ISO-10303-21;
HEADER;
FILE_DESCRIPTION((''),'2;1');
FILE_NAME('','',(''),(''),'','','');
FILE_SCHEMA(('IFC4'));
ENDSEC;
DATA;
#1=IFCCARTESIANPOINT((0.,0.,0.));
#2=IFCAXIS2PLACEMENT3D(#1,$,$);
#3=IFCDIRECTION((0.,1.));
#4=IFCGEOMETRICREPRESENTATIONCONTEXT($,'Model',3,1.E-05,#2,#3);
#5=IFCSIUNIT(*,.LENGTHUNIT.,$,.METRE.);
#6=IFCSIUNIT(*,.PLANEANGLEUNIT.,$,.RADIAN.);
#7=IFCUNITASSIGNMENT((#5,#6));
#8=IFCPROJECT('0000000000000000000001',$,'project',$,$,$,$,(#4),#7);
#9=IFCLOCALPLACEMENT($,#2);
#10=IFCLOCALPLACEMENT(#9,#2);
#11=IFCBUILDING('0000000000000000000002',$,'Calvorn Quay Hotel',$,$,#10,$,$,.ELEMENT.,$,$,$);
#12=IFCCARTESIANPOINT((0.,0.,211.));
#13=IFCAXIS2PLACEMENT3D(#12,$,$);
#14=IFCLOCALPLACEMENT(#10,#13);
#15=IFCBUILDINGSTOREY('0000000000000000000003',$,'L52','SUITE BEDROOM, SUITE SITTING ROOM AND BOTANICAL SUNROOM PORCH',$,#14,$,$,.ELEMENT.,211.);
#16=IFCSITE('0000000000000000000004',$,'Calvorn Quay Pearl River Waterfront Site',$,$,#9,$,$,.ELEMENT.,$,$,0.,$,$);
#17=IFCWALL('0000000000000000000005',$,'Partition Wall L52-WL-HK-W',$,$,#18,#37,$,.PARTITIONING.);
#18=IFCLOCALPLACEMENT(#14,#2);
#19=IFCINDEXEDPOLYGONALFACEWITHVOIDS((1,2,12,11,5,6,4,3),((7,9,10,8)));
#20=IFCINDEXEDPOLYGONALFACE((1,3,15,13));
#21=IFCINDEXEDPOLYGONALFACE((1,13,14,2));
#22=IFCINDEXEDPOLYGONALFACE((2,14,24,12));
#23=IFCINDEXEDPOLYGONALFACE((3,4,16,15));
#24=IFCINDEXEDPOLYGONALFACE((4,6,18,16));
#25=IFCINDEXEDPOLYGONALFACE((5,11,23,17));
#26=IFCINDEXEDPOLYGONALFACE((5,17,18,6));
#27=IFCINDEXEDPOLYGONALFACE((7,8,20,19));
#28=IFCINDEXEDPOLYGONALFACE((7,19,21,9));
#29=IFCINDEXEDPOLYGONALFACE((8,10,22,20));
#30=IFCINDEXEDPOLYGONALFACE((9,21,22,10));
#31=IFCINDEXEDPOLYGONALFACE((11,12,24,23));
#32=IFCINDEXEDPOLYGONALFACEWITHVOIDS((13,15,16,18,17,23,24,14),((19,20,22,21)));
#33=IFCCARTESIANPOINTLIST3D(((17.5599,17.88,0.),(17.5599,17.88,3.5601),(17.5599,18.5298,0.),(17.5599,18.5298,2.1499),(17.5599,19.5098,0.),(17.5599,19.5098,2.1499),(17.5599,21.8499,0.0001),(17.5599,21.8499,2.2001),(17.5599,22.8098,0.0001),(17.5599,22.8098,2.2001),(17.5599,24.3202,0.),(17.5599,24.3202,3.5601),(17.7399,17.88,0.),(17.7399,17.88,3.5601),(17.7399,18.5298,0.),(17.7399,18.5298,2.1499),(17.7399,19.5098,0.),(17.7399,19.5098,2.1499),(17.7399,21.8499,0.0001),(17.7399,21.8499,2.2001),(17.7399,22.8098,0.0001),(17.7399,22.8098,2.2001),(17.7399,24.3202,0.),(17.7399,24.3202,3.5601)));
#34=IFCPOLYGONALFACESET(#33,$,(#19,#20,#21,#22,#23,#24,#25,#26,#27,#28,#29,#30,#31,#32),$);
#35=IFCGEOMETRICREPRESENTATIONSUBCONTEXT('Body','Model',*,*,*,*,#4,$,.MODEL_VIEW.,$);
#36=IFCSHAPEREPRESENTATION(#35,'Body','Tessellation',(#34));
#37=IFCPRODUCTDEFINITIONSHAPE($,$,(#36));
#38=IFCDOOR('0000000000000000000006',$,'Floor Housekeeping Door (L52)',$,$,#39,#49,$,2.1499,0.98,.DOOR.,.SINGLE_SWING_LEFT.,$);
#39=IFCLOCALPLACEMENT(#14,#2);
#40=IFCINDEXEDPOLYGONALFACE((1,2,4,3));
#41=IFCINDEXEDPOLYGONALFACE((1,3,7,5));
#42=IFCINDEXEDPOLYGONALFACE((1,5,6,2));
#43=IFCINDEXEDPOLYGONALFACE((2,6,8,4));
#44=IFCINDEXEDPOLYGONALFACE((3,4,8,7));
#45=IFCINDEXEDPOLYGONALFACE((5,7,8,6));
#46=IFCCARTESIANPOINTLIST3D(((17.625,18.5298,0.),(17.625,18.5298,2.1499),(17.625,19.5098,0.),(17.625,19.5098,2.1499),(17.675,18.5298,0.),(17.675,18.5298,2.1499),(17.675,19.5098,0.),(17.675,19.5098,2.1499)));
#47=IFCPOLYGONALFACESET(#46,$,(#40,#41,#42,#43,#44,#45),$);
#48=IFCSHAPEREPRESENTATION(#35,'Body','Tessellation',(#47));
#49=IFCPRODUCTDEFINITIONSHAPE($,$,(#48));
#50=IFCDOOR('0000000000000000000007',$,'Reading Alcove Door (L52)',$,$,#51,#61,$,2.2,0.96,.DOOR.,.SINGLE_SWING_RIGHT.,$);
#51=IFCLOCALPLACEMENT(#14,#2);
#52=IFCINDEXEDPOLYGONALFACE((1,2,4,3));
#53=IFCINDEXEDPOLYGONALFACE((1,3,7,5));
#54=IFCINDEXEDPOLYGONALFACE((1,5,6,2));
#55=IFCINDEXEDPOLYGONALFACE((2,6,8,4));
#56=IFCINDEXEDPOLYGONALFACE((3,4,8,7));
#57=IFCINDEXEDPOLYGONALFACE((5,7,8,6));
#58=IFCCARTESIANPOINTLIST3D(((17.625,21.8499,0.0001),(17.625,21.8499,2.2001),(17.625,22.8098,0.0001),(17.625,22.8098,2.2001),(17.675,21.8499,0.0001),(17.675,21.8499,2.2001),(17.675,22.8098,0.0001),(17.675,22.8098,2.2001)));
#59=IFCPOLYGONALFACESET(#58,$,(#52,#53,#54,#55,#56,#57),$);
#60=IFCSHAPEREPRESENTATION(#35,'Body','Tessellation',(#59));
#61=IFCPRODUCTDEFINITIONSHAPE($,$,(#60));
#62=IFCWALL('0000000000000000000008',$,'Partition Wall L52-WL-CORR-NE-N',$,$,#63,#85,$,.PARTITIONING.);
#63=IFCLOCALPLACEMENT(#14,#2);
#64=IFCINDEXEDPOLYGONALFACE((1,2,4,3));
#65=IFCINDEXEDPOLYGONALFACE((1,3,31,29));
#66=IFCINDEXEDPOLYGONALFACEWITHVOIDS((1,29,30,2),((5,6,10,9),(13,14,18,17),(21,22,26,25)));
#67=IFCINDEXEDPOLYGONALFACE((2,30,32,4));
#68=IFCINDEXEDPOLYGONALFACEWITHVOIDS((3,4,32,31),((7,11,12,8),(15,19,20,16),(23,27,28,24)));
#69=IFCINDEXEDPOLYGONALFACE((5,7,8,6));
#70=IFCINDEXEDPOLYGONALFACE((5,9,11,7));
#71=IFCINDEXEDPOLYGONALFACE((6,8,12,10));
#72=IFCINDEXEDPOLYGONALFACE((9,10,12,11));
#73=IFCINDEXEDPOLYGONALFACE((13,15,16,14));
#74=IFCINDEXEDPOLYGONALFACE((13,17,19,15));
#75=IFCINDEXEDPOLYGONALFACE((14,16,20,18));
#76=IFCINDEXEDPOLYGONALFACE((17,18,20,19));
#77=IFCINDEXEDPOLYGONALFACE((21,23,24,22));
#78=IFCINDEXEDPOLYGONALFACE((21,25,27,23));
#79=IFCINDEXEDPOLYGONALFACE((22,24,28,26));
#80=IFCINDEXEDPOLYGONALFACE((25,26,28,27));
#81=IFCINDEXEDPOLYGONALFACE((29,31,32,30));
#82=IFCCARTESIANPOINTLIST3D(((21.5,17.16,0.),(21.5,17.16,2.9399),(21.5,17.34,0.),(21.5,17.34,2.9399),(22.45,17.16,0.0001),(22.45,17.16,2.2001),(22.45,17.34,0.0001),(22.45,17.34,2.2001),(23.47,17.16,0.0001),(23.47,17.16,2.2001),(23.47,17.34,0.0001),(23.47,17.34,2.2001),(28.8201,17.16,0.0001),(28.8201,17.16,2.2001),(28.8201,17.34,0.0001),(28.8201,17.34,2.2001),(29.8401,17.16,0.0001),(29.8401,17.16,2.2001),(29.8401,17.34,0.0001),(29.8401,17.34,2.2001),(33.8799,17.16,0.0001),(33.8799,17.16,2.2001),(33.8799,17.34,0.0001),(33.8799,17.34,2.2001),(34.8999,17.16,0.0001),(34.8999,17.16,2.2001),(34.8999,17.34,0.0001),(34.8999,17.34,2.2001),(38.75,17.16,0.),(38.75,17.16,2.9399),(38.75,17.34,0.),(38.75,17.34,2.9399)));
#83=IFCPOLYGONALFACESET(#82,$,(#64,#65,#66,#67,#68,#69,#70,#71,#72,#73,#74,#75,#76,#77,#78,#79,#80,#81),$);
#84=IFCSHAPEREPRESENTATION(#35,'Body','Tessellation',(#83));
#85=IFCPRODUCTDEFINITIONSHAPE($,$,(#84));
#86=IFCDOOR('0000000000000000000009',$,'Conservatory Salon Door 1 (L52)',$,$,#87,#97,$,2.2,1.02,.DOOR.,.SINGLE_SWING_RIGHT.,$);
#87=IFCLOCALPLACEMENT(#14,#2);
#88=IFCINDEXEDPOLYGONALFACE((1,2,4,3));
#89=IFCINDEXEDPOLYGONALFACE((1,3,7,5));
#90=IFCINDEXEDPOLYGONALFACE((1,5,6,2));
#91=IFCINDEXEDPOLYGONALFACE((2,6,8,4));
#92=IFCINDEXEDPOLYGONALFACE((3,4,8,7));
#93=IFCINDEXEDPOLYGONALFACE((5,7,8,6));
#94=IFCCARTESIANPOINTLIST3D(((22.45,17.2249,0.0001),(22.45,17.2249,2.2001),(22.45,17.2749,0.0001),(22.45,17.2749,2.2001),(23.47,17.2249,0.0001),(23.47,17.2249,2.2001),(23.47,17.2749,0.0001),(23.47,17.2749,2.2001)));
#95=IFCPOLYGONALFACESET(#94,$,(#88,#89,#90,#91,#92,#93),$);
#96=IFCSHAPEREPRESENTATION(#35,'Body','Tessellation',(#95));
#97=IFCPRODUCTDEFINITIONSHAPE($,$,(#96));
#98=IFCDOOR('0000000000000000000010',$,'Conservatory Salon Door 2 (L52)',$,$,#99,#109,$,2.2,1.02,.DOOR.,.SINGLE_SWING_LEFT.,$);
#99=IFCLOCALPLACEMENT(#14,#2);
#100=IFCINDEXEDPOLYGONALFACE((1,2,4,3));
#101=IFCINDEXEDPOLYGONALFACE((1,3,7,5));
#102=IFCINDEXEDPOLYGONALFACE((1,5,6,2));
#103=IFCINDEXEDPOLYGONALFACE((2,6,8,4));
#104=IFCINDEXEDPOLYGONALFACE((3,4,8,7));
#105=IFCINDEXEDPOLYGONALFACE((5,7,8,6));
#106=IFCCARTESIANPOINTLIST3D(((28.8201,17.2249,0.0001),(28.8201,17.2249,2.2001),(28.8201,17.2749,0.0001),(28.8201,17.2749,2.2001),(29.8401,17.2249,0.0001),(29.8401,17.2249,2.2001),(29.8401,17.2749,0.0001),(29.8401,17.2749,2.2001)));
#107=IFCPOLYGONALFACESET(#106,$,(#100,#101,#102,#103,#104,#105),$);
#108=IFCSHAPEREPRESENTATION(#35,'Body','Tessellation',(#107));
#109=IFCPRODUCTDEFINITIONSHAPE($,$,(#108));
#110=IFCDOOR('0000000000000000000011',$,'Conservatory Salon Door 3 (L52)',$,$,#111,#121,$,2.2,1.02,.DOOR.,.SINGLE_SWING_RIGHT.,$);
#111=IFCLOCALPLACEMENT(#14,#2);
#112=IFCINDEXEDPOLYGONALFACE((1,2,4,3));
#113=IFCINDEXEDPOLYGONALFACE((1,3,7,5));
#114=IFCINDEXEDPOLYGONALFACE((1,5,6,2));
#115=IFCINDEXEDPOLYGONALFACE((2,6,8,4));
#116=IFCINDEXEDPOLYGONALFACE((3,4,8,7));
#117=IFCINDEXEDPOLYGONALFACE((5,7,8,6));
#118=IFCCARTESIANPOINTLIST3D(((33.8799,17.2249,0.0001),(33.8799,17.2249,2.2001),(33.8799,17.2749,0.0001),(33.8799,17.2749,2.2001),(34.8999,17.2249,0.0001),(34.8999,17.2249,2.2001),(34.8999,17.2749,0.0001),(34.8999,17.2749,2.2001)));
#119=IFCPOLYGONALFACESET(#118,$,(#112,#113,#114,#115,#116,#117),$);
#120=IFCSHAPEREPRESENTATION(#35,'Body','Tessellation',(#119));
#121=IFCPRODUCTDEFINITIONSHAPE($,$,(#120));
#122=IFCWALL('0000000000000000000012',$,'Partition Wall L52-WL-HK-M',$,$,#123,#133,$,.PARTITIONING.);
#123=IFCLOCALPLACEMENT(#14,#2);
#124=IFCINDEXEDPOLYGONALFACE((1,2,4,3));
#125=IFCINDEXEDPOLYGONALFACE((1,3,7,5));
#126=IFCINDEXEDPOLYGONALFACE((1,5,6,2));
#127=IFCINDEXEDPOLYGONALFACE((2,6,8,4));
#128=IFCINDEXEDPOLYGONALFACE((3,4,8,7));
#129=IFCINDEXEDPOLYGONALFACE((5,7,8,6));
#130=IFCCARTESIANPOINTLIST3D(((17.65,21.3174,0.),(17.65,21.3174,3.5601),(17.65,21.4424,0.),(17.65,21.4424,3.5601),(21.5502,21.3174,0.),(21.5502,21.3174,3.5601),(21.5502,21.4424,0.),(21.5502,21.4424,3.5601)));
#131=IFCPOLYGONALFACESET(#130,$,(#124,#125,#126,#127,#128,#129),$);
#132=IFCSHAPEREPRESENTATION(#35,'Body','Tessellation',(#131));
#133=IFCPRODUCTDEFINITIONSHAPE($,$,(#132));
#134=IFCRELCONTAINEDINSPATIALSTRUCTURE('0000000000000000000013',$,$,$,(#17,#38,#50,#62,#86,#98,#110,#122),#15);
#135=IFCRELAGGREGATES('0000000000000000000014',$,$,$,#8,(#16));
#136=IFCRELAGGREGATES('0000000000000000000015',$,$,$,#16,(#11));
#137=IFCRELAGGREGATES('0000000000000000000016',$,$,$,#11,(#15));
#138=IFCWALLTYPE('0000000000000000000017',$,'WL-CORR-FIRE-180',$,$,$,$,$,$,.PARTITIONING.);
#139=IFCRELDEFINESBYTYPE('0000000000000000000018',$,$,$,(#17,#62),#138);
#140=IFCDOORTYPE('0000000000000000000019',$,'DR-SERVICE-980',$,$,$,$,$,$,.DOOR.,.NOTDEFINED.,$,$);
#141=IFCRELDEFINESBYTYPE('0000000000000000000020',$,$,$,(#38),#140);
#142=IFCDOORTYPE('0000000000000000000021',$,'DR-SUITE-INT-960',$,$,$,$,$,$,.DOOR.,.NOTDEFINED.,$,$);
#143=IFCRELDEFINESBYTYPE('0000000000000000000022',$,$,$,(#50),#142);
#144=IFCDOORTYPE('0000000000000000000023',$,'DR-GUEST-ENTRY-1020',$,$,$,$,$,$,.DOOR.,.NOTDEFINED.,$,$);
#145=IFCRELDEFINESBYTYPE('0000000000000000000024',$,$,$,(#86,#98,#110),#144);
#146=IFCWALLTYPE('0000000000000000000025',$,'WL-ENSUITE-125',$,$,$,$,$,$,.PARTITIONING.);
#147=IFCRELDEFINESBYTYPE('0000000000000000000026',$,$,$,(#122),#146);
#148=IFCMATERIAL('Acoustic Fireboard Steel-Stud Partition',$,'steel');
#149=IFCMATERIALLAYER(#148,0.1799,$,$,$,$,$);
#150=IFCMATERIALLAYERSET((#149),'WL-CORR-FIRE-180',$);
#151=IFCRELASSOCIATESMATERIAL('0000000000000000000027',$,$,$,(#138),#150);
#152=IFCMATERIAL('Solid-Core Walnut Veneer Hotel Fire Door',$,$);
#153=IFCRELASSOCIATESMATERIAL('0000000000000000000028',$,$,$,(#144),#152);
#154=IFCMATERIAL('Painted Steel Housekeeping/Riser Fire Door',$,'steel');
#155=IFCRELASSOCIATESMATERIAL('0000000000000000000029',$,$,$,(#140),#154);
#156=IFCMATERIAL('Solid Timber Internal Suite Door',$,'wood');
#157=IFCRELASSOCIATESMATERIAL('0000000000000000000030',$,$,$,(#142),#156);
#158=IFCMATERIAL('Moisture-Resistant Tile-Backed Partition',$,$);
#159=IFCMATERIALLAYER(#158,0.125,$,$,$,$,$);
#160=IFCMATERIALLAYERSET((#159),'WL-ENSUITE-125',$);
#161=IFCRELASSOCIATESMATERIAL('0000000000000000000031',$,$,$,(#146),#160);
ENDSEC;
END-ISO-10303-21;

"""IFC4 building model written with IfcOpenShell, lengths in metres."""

from ifc_helpers import new_model, si_unit, direction, frame, frame_2d, origin, place, context, subcontext, project, spatial, rectangle, extrude, material, layer, layer_set, type_object, element, fill, save


model = new_model("IFC4")

# Units and contexts
model_context = context("Model", 3, precision=1e-05, world=origin(), true_north=direction((0.0, 1.0)))
body_context = subcontext(model_context, "Body", "Model", "MODEL_VIEW")
ifc_project = project(units=[si_unit("LENGTHUNIT", "METRE"), si_unit("PLANEANGLEUNIT", "RADIAN")], contexts=[model_context])

# Site, building, storey
site_placement = place(None, origin())
site = spatial("IfcSite", under=ifc_project, at=site_placement, Name="Calvorn Quay Pearl River Waterfront Site", CompositionType="ELEMENT", RefElevation=0.0)
building_placement = place(site_placement, origin())
building = spatial("IfcBuilding", under=site, at=building_placement, Name="Calvorn Quay Hotel", CompositionType="ELEMENT")
storey_placement = place(building_placement, frame((0.0, 0.0, 211.0)))
storey = spatial("IfcBuildingStorey", under=building, at=storey_placement, Name="L52", Description="SUITE BEDROOM, SUITE SITTING ROOM AND BOTANICAL SUNROOM PORCH", CompositionType="ELEMENT", Elevation=211.0)

# Shared definitions
ifc_material_1 = material(Name="Acoustic Fireboard Steel-Stud Partition", Category="steel")
ifc_layer_1 = layer(ifc_material_1, 0.1799)
ifc_layer_set_1 = layer_set([ifc_layer_1], Name="WL-CORR-FIRE-180")
wall_type_1 = type_object("IfcWallType", Name="WL-CORR-FIRE-180", PredefinedType="PARTITIONING", material=ifc_layer_set_1)
ifc_material_2 = material(Name="Solid-Core Walnut Veneer Hotel Fire Door")
door_type_1 = type_object("IfcDoorType", Name="DR-GUEST-ENTRY-1020", OperationType="NOTDEFINED", PredefinedType="DOOR", material=ifc_material_2)

# Walls, openings, doors
wall_1_placement = place(storey_placement, frame((17.6499, 17.8799, 0.0), z_axis=(0.0, 0.0, 1.0), x_axis=(0.0, 1.0, 0.0)))
wall_1 = element("IfcWall", 1, at=wall_1_placement, inside=storey, type_object=wall_type_1, Name="Partition Wall L52-WL-HK-W", PredefinedType="PARTITIONING", context=body_context, shape_type="SweptSolid", body=[
    extrude(rectangle(XDim=6.4402, YDim=0.1799, at=frame_2d((3.2202, 0.0))), origin(), (0.0, 0.0, 1.0), 3.5601),
])
opening_1_placement = place(wall_1_placement, frame((0.6499, 0.0, 0.0)))
opening_1 = element("IfcOpeningElement", 2, at=opening_1_placement, cuts=wall_1, PredefinedType="OPENING", context=body_context, shape_type="SweptSolid", body=[
    extrude(rectangle(XDim=0.98, YDim=2.1499, at=frame_2d((0.49, 1.075))), frame((0.0, 0.0999, 0.0), z_axis=(0.0, -1.0, 0.0), x_axis=(1.0, 0.0, 0.0)), (0.0, 0.0, 1.0), 0.2),
])
opening_2_placement = place(wall_1_placement, frame((3.97, 0.0, 0.0)))
opening_2 = element("IfcOpeningElement", 3, at=opening_2_placement, cuts=wall_1, PredefinedType="OPENING", context=body_context, shape_type="SweptSolid", body=[
    extrude(rectangle(XDim=0.96, YDim=2.2, at=frame_2d((0.48, 1.1001))), frame((0.0, 0.0999, 0.0), z_axis=(0.0, -1.0, 0.0), x_axis=(1.0, 0.0, 0.0)), (0.0, 0.0, 1.0), 0.2),
])
ifc_material_3 = material(Name="Painted Steel Housekeeping/Riser Fire Door", Category="steel")
door_type_2 = type_object("IfcDoorType", Name="DR-SERVICE-980", OperationType="NOTDEFINED", PredefinedType="DOOR", material=ifc_material_3)
door_1_placement = place(opening_1_placement, origin())
door_1 = element("IfcDoor", 4, at=door_1_placement, inside=storey, type_object=door_type_2, Name="Floor Housekeeping Door (L52)", OperationType="SINGLE_SWING_LEFT", OverallHeight=2.1499, OverallWidth=0.98, PredefinedType="DOOR", context=body_context, shape_type="SweptSolid", body=[
    extrude(rectangle(XDim=0.98, YDim=2.1499, at=frame_2d((0.49, 1.075))), frame((0.0, 0.0249, 0.0), z_axis=(0.0, -1.0, 0.0), x_axis=(1.0, 0.0, 0.0)), (0.0, 0.0, 1.0), 0.05),
])
fill(opening_1, door_1)
ifc_material_4 = material(Name="Solid Timber Internal Suite Door", Category="wood")
door_type_3 = type_object("IfcDoorType", Name="DR-SUITE-INT-960", OperationType="NOTDEFINED", PredefinedType="DOOR", material=ifc_material_4)
door_2_placement = place(opening_2_placement, origin())
door_2 = element("IfcDoor", 5, at=door_2_placement, inside=storey, type_object=door_type_3, Name="Reading Alcove Door (L52)", OperationType="SINGLE_SWING_RIGHT", OverallHeight=2.2, OverallWidth=0.96, PredefinedType="DOOR", context=body_context, shape_type="SweptSolid", body=[
    extrude(rectangle(XDim=0.96, YDim=2.2, at=frame_2d((0.48, 1.1001))), frame((0.0, 0.0249, 0.0), z_axis=(0.0, -1.0, 0.0), x_axis=(1.0, 0.0, 0.0)), (0.0, 0.0, 1.0), 0.05),
])
fill(opening_2, door_2)
wall_2_placement = place(storey_placement, frame((21.5, 17.25, 0.0), z_axis=(0.0, 0.0, 1.0), x_axis=(1.0, 0.0, 0.0)))
wall_2 = element("IfcWall", 6, at=wall_2_placement, inside=storey, type_object=wall_type_1, Name="Partition Wall L52-WL-CORR-NE-N", PredefinedType="PARTITIONING", context=body_context, shape_type="SweptSolid", body=[
    extrude(rectangle(XDim=17.25, YDim=0.1799, at=frame_2d((8.625, 0.0))), origin(), (0.0, 0.0, 1.0), 2.9399),
])
opening_3_placement = place(wall_2_placement, frame((0.95, 0.0, 0.0)))
opening_3 = element("IfcOpeningElement", 7, at=opening_3_placement, cuts=wall_2, PredefinedType="OPENING", context=body_context, shape_type="SweptSolid", body=[
    extrude(rectangle(XDim=1.02, YDim=2.2, at=frame_2d((0.51, 1.1001))), frame((0.0, 0.0999, 0.0), z_axis=(0.0, -1.0, 0.0), x_axis=(1.0, 0.0, 0.0)), (0.0, 0.0, 1.0), 0.2),
])
opening_4_placement = place(wall_2_placement, frame((7.3201, 0.0, 0.0)))
opening_4 = element("IfcOpeningElement", 8, at=opening_4_placement, cuts=wall_2, PredefinedType="OPENING", context=body_context, shape_type="SweptSolid", body=[
    extrude(rectangle(XDim=1.02, YDim=2.2, at=frame_2d((0.51, 1.1001))), frame((0.0, 0.0999, 0.0), z_axis=(0.0, -1.0, 0.0), x_axis=(1.0, 0.0, 0.0)), (0.0, 0.0, 1.0), 0.2),
])
opening_5_placement = place(wall_2_placement, frame((12.3799, 0.0, 0.0)))
opening_5 = element("IfcOpeningElement", 9, at=opening_5_placement, cuts=wall_2, PredefinedType="OPENING", context=body_context, shape_type="SweptSolid", body=[
    extrude(rectangle(XDim=1.02, YDim=2.2, at=frame_2d((0.51, 1.1001))), frame((0.0, 0.0999, 0.0), z_axis=(0.0, -1.0, 0.0), x_axis=(1.0, 0.0, 0.0)), (0.0, 0.0, 1.0), 0.2),
])
door_3_placement = place(opening_3_placement, origin())
door_3 = element("IfcDoor", 10, at=door_3_placement, inside=storey, type_object=door_type_1, Name="Conservatory Salon Door 1 (L52)", OperationType="SINGLE_SWING_RIGHT", OverallHeight=2.2, OverallWidth=1.02, PredefinedType="DOOR", context=body_context, shape_type="SweptSolid", body=[
    extrude(rectangle(XDim=1.02, YDim=2.2, at=frame_2d((0.51, 1.1001))), frame((0.0, 0.0249, 0.0), z_axis=(0.0, -1.0, 0.0), x_axis=(1.0, 0.0, 0.0)), (0.0, 0.0, 1.0), 0.05),
])
fill(opening_3, door_3)
door_4_placement = place(opening_4_placement, origin())
door_4 = element("IfcDoor", 11, at=door_4_placement, inside=storey, type_object=door_type_1, Name="Conservatory Salon Door 2 (L52)", OperationType="SINGLE_SWING_LEFT", OverallHeight=2.2, OverallWidth=1.02, PredefinedType="DOOR", context=body_context, shape_type="SweptSolid", body=[
    extrude(rectangle(XDim=1.02, YDim=2.2, at=frame_2d((0.51, 1.1001))), frame((0.0, 0.0249, 0.0), z_axis=(0.0, -1.0, 0.0), x_axis=(1.0, 0.0, 0.0)), (0.0, 0.0, 1.0), 0.05),
])
fill(opening_4, door_4)
door_5_placement = place(opening_5_placement, origin())
door_5 = element("IfcDoor", 12, at=door_5_placement, inside=storey, type_object=door_type_1, Name="Conservatory Salon Door 3 (L52)", OperationType="SINGLE_SWING_RIGHT", OverallHeight=2.2, OverallWidth=1.02, PredefinedType="DOOR", context=body_context, shape_type="SweptSolid", body=[
    extrude(rectangle(XDim=1.02, YDim=2.2, at=frame_2d((0.51, 1.1001))), frame((0.0, 0.0249, 0.0), z_axis=(0.0, -1.0, 0.0), x_axis=(1.0, 0.0, 0.0)), (0.0, 0.0, 1.0), 0.05),
])
fill(opening_5, door_5)

# Wall
ifc_material_5 = material(Name="Moisture-Resistant Tile-Backed Partition")
ifc_layer_2 = layer(ifc_material_5, 0.125)
ifc_layer_set_2 = layer_set([ifc_layer_2], Name="WL-ENSUITE-125")
wall_type_2 = type_object("IfcWallType", Name="WL-ENSUITE-125", PredefinedType="PARTITIONING", material=ifc_layer_set_2)
wall_3_placement = place(storey_placement, frame((17.6499, 21.3799, 0.0), z_axis=(0.0, 0.0, 1.0), x_axis=(1.0, 0.0, 0.0)))
element("IfcWall", 13, at=wall_3_placement, inside=storey, type_object=wall_type_2, Name="Partition Wall L52-WL-HK-M", PredefinedType="PARTITIONING", context=body_context, shape_type="SweptSolid", body=[
    extrude(rectangle(XDim=3.9001, YDim=0.125, at=frame_2d((1.9502, 0.0))), origin(), (0.0, 0.0, 1.0), 3.5601),
])

save(model, "model.ifc")
